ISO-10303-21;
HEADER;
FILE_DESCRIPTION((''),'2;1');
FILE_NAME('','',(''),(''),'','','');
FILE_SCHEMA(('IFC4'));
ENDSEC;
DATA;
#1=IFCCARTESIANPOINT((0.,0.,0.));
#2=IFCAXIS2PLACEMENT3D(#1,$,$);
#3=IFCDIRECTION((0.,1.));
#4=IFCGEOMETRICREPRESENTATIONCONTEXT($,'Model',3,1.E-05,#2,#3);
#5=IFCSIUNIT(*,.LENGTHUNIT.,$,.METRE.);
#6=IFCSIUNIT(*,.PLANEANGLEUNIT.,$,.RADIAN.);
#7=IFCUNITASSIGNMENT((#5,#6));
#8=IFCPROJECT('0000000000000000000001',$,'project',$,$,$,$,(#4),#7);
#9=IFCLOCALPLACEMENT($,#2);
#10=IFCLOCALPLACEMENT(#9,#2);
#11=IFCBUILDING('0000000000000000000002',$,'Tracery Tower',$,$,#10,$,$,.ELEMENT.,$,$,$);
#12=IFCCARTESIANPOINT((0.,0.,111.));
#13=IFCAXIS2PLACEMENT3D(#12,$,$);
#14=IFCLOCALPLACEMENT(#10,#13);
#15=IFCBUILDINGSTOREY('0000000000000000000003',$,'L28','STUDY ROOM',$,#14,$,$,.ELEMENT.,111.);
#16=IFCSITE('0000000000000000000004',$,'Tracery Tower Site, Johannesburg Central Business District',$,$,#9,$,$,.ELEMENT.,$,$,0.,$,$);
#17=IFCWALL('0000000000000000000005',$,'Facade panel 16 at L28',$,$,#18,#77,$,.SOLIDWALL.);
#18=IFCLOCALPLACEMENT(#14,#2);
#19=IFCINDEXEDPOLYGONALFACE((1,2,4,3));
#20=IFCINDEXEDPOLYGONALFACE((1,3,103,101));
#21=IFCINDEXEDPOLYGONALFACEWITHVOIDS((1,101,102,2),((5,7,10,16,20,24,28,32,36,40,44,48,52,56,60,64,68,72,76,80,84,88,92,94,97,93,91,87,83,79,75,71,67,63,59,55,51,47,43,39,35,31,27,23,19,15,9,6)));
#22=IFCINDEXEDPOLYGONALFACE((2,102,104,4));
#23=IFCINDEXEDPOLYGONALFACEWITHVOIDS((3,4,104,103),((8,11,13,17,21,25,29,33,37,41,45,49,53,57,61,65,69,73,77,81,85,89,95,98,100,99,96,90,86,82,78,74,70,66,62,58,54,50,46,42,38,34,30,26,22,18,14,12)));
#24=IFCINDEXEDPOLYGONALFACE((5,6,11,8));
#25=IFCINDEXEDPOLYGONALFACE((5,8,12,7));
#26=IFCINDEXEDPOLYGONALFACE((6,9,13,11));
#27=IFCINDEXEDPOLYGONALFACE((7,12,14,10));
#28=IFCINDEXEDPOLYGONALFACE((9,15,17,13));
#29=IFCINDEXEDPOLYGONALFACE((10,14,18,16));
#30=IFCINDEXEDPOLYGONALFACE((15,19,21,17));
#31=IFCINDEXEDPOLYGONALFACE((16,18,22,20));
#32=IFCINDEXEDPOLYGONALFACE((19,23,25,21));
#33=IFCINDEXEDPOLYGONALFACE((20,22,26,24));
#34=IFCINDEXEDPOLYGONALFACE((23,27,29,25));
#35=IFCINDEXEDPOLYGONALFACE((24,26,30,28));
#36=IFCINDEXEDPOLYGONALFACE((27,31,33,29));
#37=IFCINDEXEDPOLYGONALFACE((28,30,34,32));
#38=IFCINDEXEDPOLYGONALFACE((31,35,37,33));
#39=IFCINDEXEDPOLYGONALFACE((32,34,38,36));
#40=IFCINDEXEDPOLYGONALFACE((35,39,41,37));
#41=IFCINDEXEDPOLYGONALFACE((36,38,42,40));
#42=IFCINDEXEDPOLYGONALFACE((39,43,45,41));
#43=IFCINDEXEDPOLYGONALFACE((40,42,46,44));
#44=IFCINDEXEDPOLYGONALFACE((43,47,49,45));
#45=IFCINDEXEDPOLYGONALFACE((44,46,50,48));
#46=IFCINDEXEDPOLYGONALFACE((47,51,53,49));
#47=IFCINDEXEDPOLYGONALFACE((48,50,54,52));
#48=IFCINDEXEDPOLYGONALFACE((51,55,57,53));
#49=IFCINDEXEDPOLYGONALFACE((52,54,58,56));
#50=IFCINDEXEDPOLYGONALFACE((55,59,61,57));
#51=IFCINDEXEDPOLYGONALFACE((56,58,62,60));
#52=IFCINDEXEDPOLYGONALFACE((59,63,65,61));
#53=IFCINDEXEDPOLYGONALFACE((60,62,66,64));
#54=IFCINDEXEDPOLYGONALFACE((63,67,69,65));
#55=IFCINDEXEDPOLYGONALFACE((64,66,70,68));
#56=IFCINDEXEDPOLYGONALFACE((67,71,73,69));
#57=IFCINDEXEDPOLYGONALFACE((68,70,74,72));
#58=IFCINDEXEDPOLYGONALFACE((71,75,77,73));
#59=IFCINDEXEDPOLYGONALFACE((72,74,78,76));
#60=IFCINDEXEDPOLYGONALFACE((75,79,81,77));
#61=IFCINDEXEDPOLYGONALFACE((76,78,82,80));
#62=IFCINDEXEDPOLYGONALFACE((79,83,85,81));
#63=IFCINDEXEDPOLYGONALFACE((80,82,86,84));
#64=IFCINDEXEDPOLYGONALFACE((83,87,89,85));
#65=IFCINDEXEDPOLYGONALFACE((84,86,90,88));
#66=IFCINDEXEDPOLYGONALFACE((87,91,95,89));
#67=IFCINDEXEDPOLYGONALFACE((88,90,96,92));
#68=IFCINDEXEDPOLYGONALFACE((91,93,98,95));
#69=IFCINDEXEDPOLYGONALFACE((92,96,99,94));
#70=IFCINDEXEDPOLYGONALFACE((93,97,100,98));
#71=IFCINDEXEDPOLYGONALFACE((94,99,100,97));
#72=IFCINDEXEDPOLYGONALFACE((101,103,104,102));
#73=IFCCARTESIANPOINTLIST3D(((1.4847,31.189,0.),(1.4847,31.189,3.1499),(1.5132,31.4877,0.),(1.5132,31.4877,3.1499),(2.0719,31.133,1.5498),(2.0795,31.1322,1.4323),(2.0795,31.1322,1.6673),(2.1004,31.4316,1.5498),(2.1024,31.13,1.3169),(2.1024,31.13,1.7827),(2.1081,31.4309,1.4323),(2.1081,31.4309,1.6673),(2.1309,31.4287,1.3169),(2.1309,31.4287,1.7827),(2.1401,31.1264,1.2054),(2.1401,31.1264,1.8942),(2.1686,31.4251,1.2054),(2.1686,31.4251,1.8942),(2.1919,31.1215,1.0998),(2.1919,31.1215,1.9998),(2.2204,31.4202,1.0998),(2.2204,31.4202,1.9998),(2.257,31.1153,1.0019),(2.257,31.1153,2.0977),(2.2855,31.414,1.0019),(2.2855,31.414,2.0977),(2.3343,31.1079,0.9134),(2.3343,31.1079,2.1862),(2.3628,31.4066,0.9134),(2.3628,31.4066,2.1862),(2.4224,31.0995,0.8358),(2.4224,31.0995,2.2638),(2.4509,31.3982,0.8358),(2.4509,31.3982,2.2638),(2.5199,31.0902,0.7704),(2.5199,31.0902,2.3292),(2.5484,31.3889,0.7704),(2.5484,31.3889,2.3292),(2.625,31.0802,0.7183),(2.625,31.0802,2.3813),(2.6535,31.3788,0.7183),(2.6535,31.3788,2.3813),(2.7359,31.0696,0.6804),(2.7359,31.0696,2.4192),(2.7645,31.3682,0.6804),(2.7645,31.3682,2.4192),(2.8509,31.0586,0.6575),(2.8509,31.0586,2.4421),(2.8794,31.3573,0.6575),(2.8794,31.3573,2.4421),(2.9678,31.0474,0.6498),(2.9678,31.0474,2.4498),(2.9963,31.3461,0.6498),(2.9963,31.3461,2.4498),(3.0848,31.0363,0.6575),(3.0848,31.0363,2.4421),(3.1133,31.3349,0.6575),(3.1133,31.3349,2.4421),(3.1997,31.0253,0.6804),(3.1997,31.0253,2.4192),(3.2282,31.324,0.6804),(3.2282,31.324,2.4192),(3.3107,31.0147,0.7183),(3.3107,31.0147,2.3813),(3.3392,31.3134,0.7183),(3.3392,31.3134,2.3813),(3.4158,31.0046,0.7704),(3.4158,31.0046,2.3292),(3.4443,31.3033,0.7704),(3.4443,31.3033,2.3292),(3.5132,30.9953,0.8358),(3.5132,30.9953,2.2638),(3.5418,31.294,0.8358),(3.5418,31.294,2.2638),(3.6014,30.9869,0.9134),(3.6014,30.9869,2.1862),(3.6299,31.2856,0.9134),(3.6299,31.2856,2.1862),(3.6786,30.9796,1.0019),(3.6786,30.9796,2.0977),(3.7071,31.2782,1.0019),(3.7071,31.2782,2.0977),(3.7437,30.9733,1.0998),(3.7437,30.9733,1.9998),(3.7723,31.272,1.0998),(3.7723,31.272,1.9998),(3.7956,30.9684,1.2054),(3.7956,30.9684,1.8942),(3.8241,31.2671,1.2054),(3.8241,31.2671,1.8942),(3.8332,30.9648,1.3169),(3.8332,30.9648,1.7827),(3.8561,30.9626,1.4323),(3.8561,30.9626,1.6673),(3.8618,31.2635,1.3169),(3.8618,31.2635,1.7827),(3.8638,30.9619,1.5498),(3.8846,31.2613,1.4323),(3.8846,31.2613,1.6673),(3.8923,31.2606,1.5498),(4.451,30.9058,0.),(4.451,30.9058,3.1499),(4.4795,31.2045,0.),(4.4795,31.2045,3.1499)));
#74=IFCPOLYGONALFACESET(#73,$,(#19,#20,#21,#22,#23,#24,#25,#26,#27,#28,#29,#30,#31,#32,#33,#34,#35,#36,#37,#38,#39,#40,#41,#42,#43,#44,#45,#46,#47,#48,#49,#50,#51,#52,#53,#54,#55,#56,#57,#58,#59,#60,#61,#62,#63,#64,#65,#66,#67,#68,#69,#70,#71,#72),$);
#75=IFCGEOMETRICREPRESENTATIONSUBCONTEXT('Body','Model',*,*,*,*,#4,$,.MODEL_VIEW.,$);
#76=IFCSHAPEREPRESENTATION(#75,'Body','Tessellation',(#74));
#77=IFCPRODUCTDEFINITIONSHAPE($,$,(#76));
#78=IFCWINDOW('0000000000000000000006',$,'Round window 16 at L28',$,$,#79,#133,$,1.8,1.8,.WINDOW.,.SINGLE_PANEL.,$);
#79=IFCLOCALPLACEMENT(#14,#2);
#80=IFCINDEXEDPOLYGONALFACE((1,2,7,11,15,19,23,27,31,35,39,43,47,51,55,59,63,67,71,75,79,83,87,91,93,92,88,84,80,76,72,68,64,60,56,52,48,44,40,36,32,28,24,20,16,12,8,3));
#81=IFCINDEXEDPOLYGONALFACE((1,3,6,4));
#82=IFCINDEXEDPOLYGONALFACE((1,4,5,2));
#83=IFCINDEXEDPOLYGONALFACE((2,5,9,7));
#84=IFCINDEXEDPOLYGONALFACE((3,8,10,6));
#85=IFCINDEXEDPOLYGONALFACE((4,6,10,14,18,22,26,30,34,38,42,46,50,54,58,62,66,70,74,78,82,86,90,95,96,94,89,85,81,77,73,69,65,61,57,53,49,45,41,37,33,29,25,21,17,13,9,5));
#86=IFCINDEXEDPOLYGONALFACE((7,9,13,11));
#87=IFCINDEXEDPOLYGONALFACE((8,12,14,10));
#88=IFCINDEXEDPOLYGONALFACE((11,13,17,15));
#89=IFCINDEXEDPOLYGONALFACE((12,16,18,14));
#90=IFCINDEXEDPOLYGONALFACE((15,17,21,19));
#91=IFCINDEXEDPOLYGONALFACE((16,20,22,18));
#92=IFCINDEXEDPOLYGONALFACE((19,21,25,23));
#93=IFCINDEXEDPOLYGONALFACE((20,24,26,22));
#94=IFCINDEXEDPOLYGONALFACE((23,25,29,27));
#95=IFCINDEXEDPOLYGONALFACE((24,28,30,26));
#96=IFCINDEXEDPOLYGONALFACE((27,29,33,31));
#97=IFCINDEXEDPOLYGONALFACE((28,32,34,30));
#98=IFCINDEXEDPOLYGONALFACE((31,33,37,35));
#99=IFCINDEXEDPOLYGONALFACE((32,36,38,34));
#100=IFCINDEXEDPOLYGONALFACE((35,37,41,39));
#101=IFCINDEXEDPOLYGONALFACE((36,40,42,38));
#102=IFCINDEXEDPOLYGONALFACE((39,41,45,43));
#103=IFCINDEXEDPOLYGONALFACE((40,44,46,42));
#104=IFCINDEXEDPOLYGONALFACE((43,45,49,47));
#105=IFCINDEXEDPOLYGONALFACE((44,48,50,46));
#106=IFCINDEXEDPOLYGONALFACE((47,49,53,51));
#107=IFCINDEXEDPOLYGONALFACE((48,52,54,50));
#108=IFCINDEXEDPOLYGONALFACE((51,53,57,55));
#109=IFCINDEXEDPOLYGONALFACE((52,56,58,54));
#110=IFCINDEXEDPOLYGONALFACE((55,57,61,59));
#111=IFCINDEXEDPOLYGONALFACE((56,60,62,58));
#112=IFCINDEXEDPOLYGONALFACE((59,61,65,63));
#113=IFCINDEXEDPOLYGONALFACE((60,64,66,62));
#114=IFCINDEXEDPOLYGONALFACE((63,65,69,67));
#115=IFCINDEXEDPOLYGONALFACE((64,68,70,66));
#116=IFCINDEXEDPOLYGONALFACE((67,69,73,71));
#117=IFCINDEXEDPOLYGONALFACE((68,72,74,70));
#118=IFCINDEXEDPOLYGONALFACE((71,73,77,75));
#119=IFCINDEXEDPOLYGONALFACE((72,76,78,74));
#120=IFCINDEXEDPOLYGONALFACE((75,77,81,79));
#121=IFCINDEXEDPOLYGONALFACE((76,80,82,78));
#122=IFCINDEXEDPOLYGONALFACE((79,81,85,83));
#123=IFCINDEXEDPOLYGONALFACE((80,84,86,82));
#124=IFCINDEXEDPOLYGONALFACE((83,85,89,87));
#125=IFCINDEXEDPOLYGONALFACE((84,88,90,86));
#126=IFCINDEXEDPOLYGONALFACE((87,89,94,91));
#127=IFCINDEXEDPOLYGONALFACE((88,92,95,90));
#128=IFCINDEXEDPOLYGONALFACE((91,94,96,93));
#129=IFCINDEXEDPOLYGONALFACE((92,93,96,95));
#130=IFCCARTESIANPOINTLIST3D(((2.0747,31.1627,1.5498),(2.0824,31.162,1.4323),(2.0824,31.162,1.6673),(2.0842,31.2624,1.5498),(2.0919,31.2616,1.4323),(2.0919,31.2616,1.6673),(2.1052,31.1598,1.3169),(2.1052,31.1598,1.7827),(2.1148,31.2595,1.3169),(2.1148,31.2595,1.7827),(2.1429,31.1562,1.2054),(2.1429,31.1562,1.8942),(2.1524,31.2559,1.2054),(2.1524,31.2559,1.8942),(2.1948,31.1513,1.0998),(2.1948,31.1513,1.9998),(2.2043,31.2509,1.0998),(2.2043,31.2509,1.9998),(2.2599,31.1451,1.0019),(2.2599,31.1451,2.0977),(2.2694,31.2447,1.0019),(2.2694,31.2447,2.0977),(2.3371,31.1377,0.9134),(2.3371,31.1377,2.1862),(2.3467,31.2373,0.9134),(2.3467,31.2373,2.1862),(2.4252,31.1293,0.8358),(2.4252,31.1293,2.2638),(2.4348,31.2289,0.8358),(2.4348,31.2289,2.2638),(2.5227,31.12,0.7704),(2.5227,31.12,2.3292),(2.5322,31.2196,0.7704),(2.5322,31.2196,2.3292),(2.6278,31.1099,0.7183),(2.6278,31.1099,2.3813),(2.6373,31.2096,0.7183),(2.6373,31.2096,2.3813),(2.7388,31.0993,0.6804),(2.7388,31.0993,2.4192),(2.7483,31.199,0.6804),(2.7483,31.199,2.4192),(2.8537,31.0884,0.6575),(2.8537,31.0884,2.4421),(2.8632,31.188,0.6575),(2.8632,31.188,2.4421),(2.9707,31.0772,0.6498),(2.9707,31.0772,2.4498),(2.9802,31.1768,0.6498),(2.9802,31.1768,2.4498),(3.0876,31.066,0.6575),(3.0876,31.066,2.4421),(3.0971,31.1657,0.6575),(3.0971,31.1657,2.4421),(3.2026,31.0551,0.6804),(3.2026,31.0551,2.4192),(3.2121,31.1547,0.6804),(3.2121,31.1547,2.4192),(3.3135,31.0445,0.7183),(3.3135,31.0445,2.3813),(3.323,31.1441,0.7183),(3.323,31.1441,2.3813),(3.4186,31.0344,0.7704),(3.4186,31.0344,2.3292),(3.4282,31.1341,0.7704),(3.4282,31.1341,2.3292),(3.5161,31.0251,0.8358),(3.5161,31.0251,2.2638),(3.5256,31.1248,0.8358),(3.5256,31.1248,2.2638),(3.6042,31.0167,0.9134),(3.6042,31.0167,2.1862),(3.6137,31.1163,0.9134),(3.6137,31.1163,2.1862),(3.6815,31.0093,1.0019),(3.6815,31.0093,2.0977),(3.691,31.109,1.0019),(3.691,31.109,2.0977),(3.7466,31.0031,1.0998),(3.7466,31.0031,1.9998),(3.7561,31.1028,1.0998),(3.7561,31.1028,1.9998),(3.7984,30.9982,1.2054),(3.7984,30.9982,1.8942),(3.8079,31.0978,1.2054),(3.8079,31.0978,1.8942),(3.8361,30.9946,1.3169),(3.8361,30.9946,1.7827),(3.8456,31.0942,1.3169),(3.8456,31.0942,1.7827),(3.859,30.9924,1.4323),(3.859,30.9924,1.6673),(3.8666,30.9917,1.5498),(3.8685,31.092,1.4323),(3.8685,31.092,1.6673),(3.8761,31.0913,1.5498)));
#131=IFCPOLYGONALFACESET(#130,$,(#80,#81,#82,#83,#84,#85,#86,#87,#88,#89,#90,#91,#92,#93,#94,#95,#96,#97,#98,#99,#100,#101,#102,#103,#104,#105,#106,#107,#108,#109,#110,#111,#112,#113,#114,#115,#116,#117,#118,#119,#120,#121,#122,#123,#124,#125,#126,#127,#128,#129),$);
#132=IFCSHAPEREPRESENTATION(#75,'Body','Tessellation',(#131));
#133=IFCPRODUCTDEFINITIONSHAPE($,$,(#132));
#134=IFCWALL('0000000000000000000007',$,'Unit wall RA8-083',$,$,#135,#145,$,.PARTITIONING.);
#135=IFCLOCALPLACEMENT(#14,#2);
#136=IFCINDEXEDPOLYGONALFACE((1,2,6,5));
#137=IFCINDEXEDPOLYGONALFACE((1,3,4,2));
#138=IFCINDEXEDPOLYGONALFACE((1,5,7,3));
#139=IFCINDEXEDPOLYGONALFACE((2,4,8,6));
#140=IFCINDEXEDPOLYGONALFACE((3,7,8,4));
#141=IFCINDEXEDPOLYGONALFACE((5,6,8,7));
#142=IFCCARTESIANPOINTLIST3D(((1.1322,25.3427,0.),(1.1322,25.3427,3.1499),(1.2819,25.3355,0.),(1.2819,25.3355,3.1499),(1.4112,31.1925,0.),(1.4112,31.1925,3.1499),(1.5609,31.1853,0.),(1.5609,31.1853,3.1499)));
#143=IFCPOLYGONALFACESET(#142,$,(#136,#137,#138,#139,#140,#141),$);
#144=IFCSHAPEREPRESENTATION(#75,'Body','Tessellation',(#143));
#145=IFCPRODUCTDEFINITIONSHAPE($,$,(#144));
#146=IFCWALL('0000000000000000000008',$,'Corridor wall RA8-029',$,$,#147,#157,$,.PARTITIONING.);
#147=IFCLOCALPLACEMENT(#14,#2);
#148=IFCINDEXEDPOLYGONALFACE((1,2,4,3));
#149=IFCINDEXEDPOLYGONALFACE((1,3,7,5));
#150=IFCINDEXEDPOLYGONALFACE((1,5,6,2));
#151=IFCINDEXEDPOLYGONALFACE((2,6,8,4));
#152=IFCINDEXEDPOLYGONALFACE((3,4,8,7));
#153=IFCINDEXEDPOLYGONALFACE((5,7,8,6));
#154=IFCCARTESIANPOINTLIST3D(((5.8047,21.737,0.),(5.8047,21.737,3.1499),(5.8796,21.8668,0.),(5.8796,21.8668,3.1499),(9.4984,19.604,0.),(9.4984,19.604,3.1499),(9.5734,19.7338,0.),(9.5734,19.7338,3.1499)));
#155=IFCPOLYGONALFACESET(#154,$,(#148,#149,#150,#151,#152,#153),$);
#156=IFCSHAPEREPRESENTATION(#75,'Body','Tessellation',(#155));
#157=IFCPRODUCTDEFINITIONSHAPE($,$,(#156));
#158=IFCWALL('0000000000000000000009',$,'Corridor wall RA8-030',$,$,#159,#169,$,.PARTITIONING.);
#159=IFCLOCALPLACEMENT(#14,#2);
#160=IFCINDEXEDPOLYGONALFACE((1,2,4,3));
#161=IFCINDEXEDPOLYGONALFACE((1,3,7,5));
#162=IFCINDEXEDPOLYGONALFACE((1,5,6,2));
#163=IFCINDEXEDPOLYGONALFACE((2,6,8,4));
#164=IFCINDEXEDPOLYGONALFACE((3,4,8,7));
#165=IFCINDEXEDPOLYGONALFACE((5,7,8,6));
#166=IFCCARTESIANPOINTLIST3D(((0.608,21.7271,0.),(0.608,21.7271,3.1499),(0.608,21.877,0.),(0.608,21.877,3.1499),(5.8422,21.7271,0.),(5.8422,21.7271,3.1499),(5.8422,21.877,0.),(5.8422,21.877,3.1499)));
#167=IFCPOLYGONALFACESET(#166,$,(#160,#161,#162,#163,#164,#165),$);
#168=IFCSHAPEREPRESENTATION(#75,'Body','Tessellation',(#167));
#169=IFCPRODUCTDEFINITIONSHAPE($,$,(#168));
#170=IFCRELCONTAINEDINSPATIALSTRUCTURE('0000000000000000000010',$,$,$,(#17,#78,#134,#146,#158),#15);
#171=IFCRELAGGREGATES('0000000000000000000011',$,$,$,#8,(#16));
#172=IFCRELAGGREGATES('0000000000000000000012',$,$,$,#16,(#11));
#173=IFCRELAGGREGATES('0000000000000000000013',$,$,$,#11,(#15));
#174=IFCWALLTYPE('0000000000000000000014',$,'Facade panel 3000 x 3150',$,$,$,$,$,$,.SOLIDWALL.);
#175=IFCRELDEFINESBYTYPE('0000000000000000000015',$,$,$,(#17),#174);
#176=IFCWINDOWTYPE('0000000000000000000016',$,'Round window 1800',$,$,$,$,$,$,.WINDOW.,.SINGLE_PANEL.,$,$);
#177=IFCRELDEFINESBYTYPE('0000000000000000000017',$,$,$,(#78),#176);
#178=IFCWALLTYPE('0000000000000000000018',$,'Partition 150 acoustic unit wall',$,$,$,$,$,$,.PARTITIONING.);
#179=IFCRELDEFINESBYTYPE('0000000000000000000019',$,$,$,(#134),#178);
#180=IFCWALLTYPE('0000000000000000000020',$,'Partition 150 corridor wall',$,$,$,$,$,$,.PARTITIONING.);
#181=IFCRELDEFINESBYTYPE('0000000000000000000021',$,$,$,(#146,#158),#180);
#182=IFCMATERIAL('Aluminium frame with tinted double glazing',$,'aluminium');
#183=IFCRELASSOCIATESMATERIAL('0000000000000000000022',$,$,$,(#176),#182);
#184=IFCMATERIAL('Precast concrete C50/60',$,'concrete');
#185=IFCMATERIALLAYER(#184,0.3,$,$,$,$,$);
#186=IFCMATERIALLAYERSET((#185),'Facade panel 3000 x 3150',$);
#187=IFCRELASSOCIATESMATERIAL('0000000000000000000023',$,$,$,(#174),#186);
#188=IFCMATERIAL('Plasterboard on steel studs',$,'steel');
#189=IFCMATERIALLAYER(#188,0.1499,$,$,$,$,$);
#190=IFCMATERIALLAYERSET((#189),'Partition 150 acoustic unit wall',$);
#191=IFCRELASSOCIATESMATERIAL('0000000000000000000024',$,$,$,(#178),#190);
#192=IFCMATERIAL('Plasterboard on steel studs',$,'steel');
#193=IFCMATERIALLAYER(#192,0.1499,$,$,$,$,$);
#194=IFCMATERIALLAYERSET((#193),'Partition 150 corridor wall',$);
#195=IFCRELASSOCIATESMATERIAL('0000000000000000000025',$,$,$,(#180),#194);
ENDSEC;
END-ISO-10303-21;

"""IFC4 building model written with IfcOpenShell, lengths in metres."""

from ifc_helpers import new_model, si_unit, direction, frame, frame_2d, origin, origin_2d, place, context, subcontext, project, spatial, rectangle, circle, extrude, material, layer, layer_set, type_object, element, fill, save


model = new_model("IFC4")

# Units and contexts
model_context = context("Model", 3, precision=1e-05, world=origin(), true_north=direction((0.0, 1.0)))
body_context = subcontext(model_context, "Body", "Model", "MODEL_VIEW")
ifc_project = project(units=[si_unit("LENGTHUNIT", "METRE"), si_unit("PLANEANGLEUNIT", "RADIAN")], contexts=[model_context])

# Site, building, storey
site_placement = place(None, origin())
site = spatial("IfcSite", under=ifc_project, at=site_placement, Name="Tracery Tower Site, Johannesburg Central Business District", CompositionType="ELEMENT", RefElevation=0.0)
building_placement = place(site_placement, origin())
building = spatial("IfcBuilding", under=site, at=building_placement, Name="Tracery Tower", CompositionType="ELEMENT")
storey_placement = place(building_placement, frame((0.0, 0.0, 111.0)))
storey = spatial("IfcBuildingStorey", under=building, at=storey_placement, Name="L28", Description="STUDY ROOM", CompositionType="ELEMENT", Elevation=111.0)

# Wall, opening, window
ifc_material_1 = material(Name="Aluminium frame with tinted double glazing", Category="aluminium")
window_type = type_object("IfcWindowType", Name="Round window 1800", PartitioningType="SINGLE_PANEL", PredefinedType="WINDOW", material=ifc_material_1)
ifc_material_2 = material(Name="Precast concrete C50/60", Category="concrete")
ifc_layer_1 = layer(ifc_material_2, 0.3)
ifc_layer_set_1 = layer_set([ifc_layer_1], Name="Facade panel 3000 x 3150")
wall_type_1 = type_object("IfcWallType", Name="Facade panel 3000 x 3150", PredefinedType="SOLIDWALL", material=ifc_layer_set_1)
wall_1_placement = place(storey_placement, frame((4.4651, 31.0552, 0.0), z_axis=(0.0, 0.0, 1.0), x_axis=(-0.995473, 0.095041, 0.0)))
wall_1 = element("IfcWall", 1, at=wall_1_placement, inside=storey, type_object=wall_type_1, Name="Facade panel 16 at L28", PredefinedType="SOLIDWALL", context=body_context, shape_type="SweptSolid", body=[
    extrude(rectangle(XDim=2.9797, YDim=0.3, at=frame_2d((1.4897, 0.0))), origin(), (0.0, 0.0, 1.0), 3.1499),
])
opening_1_placement = place(wall_1_placement, frame((1.4897, 0.0, 1.5498)))
opening_1 = element("IfcOpeningElement", 2, at=opening_1_placement, cuts=wall_1, PredefinedType="OPENING", context=body_context, shape_type="SweptSolid", body=[
    extrude(circle(Radius=0.9, at=origin_2d()), frame((0.0, 0.1599, 0.0), z_axis=(0.0, -1.0, 0.0), x_axis=(1.0, 0.0, 0.0)), (0.0, 0.0, 1.0), 0.3201),
])
window_1_placement = place(opening_1_placement, origin())
window_1 = element("IfcWindow", 3, at=window_1_placement, inside=storey, type_object=window_type, Name="Round window 16 at L28", OverallHeight=1.8, OverallWidth=1.8, PartitioningType="SINGLE_PANEL", PredefinedType="WINDOW", context=body_context, shape_type="SweptSolid", body=[
    extrude(circle(Radius=0.9, at=origin_2d()), frame((0.0, 0.1201, 0.0), z_axis=(0.0, -1.0, 0.0), x_axis=(1.0, 0.0, 0.0)), (0.0, 0.0, 1.0), 0.1001),
])
fill(opening_1, window_1)

# Walls
ifc_material_3 = material(Name="Plasterboard on steel studs", Category="steel")
ifc_layer_2 = layer(ifc_material_3, 0.1499)
ifc_layer_set_2 = layer_set([ifc_layer_2], Name="Partition 150 acoustic unit wall")
wall_type_2 = type_object("IfcWallType", Name="Partition 150 acoustic unit wall", PredefinedType="PARTITIONING", material=ifc_layer_set_2)
wall_2_placement = place(storey_placement, frame((1.207, 25.3391, 0.0), z_axis=(0.0, 0.0, 1.0), x_axis=(0.047648, 0.998864, 0.0)))
element("IfcWall", 4, at=wall_2_placement, inside=storey, type_object=wall_type_2, Name="Unit wall RA8-083", PredefinedType="PARTITIONING", context=body_context, shape_type="SweptSolid", body=[
    extrude(rectangle(XDim=5.8564, YDim=0.1499, at=frame_2d((2.9282, 0.0))), origin(), (0.0, 0.0, 1.0), 3.1499),
])
ifc_material_4 = material(Name="Plasterboard on steel studs", Category="steel")
ifc_layer_3 = layer(ifc_material_4, 0.1499)
ifc_layer_set_3 = layer_set([ifc_layer_3], Name="Partition 150 corridor wall")
wall_type_3 = type_object("IfcWallType", Name="Partition 150 corridor wall", PredefinedType="PARTITIONING", material=ifc_layer_set_3)
wall_3_placement = place(storey_placement, frame((5.842, 21.802, 0.0), z_axis=(0.0, 0.0, 1.0), x_axis=(0.865984, -0.500073, 0.0)))
element("IfcWall", 5, at=wall_3_placement, inside=storey, type_object=wall_type_3, Name="Corridor wall RA8-029", PredefinedType="PARTITIONING", context=body_context, shape_type="SweptSolid", body=[
    extrude(rectangle(XDim=4.2654, YDim=0.1499, at=frame_2d((2.1328, 0.0))), origin(), (0.0, 0.0, 1.0), 3.1499),
])
wall_4_placement = place(storey_placement, frame((0.6079, 21.802, 0.0), z_axis=(0.0, 0.0, 1.0), x_axis=(1.0, 0.0, 0.0)))
element("IfcWall", 6, at=wall_4_placement, inside=storey, type_object=wall_type_3, Name="Corridor wall RA8-030", PredefinedType="PARTITIONING", context=body_context, shape_type="SweptSolid", body=[
    extrude(rectangle(XDim=5.2341, YDim=0.1499, at=frame_2d((2.6172, 0.0))), origin(), (0.0, 0.0, 1.0), 3.1499),
])

save(model, "model.ifc")
